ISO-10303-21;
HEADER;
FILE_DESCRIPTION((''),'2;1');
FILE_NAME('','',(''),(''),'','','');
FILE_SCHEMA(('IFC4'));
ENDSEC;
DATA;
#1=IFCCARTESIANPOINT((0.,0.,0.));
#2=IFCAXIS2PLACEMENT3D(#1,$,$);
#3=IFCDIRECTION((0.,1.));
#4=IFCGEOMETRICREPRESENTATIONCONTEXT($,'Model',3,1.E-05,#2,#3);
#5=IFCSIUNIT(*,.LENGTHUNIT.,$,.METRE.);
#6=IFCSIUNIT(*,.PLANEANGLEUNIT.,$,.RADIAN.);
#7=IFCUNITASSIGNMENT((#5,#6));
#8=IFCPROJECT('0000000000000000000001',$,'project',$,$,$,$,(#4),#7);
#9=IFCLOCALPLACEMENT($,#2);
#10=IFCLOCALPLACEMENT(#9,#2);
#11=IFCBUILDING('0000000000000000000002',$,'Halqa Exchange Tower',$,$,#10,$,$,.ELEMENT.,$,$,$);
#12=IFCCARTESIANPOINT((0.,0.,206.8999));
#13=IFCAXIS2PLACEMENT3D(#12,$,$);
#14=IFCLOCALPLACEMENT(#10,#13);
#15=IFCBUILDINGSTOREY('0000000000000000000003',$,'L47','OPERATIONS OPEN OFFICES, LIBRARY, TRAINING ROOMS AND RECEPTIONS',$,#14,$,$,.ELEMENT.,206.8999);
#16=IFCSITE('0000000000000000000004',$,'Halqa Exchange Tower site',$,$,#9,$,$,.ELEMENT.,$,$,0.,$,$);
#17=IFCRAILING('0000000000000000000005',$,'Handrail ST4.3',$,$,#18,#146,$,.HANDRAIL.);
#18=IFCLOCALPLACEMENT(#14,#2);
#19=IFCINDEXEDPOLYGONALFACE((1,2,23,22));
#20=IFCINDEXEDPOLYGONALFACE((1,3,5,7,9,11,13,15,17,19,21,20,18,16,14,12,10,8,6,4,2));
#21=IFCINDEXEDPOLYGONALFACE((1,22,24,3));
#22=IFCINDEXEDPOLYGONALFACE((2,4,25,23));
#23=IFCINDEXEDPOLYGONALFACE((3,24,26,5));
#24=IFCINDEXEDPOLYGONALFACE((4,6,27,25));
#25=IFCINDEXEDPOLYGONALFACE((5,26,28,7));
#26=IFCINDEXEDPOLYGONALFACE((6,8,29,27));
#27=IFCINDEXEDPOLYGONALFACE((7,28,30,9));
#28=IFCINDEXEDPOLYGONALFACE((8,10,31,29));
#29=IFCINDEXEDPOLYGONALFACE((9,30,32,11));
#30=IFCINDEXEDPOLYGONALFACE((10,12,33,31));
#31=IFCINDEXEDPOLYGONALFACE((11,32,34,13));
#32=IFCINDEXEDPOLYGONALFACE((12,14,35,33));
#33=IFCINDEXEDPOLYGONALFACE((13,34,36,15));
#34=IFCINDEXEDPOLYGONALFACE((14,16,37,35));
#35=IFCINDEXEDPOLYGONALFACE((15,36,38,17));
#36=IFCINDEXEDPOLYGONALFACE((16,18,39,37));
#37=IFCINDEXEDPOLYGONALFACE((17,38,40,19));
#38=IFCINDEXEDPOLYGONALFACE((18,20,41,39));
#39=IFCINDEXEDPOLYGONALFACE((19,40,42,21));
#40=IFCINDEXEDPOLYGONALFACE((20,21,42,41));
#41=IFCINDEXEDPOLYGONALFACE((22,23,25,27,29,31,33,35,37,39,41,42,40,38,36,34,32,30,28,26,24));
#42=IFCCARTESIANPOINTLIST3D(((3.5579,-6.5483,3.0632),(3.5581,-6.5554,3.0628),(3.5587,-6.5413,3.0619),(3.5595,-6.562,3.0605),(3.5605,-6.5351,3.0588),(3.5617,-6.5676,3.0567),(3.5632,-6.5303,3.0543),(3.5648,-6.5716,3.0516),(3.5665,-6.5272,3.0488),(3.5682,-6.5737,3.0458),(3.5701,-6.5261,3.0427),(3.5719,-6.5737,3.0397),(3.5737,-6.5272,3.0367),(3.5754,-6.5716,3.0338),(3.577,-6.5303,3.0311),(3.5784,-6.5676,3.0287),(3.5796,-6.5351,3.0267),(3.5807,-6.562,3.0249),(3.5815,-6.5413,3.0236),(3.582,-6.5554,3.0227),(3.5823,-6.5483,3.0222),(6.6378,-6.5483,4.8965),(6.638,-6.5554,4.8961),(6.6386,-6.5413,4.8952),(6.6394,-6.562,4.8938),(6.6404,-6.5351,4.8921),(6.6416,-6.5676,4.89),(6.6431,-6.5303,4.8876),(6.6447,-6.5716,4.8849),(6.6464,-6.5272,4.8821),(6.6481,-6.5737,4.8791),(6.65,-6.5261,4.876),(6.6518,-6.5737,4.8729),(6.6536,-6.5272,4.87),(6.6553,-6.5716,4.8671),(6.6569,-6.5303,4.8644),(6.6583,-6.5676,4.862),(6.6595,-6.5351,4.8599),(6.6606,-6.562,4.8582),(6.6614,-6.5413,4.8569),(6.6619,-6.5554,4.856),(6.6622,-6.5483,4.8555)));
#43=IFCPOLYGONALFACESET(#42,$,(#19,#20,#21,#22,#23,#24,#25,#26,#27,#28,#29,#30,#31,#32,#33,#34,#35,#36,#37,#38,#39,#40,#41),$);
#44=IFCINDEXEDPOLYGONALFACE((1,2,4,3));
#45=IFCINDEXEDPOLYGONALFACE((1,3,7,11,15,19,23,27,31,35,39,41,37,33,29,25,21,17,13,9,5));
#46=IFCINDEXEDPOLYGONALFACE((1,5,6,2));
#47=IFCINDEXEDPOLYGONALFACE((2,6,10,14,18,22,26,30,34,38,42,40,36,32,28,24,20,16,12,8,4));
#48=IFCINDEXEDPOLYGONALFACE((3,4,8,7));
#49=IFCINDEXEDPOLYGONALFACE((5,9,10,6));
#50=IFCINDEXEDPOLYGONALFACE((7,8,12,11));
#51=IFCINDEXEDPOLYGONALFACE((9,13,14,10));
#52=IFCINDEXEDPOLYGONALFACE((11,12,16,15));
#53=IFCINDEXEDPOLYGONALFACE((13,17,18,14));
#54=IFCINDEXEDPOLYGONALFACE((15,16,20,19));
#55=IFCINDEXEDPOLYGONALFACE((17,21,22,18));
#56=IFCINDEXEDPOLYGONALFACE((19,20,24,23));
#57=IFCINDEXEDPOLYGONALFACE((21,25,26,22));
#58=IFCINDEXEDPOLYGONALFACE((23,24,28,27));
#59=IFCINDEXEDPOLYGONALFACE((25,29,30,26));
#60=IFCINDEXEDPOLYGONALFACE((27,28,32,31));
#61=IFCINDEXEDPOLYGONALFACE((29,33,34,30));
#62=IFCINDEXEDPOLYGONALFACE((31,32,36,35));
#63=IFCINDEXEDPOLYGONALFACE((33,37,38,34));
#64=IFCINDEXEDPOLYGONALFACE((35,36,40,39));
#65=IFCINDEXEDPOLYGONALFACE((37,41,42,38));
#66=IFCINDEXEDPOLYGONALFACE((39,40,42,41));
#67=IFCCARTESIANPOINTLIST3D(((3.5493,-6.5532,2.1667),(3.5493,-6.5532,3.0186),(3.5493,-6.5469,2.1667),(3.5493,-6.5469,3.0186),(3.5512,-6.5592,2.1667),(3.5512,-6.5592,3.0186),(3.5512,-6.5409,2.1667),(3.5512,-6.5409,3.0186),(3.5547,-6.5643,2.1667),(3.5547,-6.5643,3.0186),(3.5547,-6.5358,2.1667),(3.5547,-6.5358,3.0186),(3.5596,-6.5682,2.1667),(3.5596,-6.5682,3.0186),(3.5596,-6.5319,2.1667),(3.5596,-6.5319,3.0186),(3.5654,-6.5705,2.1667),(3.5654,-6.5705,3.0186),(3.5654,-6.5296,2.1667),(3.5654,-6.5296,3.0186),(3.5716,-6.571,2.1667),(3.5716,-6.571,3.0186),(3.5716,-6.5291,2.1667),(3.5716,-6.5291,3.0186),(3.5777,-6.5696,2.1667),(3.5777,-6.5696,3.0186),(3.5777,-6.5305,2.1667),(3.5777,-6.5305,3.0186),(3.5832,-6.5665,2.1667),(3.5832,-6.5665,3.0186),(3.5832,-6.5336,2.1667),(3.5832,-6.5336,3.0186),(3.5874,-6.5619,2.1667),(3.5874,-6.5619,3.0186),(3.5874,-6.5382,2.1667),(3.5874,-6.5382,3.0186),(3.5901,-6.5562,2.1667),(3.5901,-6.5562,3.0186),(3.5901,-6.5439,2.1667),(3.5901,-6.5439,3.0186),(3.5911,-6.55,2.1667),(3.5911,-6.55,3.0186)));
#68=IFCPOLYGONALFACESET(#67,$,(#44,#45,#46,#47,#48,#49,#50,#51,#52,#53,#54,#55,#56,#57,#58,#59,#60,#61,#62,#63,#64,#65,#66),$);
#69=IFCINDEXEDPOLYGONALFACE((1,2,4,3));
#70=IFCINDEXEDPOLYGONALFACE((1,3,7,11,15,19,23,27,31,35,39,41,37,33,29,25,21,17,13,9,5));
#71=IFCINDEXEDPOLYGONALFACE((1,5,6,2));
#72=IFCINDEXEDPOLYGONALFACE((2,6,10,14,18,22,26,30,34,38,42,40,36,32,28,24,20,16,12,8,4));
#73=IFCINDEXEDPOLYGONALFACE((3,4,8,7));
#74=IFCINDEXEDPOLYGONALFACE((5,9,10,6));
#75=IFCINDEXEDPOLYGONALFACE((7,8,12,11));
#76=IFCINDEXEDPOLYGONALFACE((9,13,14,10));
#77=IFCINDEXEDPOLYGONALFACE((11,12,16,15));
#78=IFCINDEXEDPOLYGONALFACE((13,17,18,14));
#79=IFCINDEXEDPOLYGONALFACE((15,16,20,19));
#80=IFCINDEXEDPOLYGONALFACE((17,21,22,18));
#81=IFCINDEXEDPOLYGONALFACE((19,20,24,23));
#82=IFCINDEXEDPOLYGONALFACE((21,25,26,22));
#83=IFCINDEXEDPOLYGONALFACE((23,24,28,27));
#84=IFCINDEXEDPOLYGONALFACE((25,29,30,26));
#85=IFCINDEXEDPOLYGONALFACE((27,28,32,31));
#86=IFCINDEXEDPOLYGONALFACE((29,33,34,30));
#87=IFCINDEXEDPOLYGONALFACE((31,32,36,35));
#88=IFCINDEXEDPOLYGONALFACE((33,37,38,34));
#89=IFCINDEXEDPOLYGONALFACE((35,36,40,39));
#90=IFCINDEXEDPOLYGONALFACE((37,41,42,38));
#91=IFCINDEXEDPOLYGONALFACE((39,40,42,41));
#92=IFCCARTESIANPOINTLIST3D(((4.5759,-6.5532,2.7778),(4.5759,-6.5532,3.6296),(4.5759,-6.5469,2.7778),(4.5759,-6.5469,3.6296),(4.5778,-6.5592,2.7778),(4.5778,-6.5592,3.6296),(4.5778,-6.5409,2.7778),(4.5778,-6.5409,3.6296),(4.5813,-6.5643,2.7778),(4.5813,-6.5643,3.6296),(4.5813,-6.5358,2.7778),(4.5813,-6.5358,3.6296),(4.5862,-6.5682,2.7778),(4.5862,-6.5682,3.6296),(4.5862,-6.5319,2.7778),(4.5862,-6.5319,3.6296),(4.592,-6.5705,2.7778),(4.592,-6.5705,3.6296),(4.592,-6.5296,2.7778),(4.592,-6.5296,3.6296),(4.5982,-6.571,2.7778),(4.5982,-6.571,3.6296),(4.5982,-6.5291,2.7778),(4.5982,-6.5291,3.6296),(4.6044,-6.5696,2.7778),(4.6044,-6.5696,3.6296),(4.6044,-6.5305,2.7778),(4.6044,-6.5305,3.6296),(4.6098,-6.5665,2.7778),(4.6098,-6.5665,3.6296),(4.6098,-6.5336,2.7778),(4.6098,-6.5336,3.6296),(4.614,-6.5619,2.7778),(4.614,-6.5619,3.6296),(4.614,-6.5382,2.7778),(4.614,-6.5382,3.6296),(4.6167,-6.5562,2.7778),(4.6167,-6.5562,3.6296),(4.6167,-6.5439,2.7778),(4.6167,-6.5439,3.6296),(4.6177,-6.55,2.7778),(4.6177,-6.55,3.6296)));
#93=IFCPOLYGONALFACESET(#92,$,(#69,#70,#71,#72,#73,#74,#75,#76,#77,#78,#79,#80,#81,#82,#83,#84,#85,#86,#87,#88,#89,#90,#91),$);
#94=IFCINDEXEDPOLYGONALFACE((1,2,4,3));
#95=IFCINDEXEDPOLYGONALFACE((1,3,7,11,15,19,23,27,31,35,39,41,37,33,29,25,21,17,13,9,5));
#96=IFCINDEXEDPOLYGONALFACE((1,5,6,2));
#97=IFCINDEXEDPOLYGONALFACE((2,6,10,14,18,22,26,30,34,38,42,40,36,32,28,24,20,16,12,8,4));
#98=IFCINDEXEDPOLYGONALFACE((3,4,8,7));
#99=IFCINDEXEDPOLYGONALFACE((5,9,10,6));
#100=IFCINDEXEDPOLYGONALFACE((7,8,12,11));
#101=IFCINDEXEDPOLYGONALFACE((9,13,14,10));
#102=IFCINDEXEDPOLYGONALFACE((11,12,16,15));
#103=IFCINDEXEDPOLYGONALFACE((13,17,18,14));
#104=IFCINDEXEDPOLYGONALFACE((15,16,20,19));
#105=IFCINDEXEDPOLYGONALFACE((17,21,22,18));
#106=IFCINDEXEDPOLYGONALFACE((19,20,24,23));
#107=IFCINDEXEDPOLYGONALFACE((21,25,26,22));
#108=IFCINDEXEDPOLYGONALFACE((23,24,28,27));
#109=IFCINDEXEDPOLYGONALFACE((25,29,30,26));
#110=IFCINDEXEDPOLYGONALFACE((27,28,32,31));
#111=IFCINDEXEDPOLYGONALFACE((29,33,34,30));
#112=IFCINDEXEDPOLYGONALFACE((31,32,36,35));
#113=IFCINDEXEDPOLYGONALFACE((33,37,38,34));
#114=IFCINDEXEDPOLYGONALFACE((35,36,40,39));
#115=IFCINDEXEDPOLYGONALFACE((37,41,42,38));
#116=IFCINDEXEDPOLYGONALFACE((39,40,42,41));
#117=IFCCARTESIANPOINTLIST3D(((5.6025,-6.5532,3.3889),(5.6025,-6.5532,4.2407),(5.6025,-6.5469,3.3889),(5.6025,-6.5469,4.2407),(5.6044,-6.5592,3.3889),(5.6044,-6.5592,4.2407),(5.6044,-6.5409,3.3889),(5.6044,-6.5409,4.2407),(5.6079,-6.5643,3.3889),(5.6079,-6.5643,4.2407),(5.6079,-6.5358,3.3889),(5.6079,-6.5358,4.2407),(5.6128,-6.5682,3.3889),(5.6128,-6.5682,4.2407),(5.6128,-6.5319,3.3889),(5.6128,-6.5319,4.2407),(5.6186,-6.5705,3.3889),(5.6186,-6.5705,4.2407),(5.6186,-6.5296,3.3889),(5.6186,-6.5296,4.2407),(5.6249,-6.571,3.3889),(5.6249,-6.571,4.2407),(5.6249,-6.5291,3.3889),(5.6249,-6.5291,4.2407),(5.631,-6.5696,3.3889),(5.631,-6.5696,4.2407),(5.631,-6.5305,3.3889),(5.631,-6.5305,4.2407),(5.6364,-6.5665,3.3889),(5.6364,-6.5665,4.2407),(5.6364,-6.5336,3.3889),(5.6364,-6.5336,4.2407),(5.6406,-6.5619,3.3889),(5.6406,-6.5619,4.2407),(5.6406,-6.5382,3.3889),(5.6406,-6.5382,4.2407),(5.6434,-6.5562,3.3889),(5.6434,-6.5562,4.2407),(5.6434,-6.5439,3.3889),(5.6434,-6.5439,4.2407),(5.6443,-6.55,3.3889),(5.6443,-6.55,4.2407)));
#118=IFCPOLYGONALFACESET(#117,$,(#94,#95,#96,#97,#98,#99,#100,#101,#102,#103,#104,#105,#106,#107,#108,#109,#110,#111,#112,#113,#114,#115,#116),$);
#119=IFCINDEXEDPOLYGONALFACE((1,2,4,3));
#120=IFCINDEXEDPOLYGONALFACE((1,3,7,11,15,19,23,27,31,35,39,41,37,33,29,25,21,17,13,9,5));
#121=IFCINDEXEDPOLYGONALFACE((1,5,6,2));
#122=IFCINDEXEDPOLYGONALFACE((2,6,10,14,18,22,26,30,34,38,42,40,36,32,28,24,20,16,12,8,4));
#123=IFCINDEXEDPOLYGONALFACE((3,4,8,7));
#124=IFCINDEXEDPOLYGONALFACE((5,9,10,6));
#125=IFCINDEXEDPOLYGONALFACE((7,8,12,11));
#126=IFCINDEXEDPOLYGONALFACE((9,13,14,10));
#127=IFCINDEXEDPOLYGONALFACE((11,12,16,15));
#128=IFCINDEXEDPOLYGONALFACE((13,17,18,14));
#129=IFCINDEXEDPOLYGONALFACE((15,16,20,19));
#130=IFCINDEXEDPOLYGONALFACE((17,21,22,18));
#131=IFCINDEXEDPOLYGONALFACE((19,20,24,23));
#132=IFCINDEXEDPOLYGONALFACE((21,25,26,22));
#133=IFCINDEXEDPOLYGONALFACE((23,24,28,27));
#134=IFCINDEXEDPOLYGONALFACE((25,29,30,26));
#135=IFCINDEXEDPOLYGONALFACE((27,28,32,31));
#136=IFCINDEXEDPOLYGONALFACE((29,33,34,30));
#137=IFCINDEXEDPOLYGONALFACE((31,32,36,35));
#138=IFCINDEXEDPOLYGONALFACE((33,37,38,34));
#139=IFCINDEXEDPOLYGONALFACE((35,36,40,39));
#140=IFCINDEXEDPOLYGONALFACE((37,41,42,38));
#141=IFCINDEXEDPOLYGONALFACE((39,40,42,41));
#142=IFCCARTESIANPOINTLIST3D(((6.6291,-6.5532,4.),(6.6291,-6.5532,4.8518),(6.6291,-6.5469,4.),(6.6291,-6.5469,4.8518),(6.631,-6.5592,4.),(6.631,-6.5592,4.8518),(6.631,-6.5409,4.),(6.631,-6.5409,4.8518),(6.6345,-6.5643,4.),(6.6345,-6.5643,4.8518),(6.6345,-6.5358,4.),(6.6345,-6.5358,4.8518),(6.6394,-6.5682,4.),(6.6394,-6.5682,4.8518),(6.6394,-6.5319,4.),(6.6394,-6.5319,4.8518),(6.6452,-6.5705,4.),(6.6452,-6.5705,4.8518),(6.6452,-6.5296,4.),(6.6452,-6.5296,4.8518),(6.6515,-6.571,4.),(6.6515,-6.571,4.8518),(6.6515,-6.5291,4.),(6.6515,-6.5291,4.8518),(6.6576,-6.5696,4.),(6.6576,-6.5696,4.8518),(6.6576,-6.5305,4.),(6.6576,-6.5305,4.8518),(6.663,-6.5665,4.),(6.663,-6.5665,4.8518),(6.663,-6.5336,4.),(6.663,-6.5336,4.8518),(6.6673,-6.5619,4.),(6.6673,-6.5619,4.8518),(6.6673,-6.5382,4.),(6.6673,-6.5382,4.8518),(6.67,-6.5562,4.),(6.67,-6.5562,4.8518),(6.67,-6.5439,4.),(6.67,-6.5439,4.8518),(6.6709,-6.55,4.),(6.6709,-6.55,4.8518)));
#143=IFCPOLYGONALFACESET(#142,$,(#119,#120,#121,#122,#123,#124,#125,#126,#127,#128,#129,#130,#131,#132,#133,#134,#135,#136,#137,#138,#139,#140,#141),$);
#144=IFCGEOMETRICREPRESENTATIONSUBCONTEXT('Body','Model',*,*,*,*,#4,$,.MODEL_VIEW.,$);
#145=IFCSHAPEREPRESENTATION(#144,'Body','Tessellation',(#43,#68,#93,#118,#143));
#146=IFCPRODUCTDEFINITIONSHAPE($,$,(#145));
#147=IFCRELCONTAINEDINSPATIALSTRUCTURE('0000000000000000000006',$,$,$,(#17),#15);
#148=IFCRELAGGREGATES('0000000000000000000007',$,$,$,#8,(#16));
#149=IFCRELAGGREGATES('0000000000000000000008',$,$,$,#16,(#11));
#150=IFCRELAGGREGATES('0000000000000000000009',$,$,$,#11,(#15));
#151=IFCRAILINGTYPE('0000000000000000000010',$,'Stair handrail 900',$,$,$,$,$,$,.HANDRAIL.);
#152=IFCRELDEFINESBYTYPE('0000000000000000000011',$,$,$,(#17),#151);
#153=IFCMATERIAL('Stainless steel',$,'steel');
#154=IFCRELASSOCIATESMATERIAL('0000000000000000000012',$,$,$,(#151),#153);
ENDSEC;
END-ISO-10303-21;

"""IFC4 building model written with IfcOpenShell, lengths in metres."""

from ifc_helpers import new_model, si_unit, direction, frame, origin, origin_2d, place, context, subcontext, project, spatial, circle, extrude, material, type_object, element, save


model = new_model("IFC4")

# Units and contexts
model_context = context("Model", 3, precision=1e-05, world=origin(), true_north=direction((0.0, 1.0)))
body_context = subcontext(model_context, "Body", "Model", "MODEL_VIEW")
ifc_project = project(units=[si_unit("LENGTHUNIT", "METRE"), si_unit("PLANEANGLEUNIT", "RADIAN")], contexts=[model_context])

# Site, building, storey
site_placement = place(None, origin())
site = spatial("IfcSite", under=ifc_project, at=site_placement, Name="Halqa Exchange Tower site", CompositionType="ELEMENT", RefElevation=0.0)
building_placement = place(site_placement, origin())
building = spatial("IfcBuilding", under=site, at=building_placement, Name="Halqa Exchange Tower", CompositionType="ELEMENT")
storey_placement = place(building_placement, frame((0.0, 0.0, 206.8999)))
storey = spatial("IfcBuildingStorey", under=building, at=storey_placement, Name="L47", Description="OPERATIONS OPEN OFFICES, LIBRARY, TRAINING ROOMS AND RECEPTIONS", CompositionType="ELEMENT", Elevation=206.8999)

# Railing
ifc_material_1 = material(Name="Stainless steel", Category="steel")
railing_type_1 = type_object("IfcRailingType", Name="Stair handrail 900", PredefinedType="HANDRAIL", material=ifc_material_1)
railing_1_placement = place(storey_placement, frame((3.5701, -6.55, 2.1667)))
element("IfcRailing", 1, at=railing_1_placement, inside=storey, type_object=railing_type_1, Name="Handrail ST4.3", PredefinedType="HANDRAIL", context=body_context, shape_type="SweptSolid", body=[
    extrude(circle(Radius=0.0239, at=origin_2d()), frame((0.0, 0.0, 0.876), z_axis=(0.859291, 0.0, 0.511487), x_axis=(0.0, 1.0, 0.0)), (0.0, 0.0, 1.0), 3.5842),
    extrude(circle(Radius=0.021, at=origin_2d()), origin(), (0.0, 0.0, 1.0), 0.8518),
    extrude(circle(Radius=0.021, at=origin_2d()), frame((1.0266, 0.0, 0.6111)), (0.0, 0.0, 1.0), 0.8518),
    extrude(circle(Radius=0.021, at=origin_2d()), frame((2.0532, 0.0, 1.2222)), (0.0, 0.0, 1.0), 0.8518),
    extrude(circle(Radius=0.021, at=origin_2d()), frame((3.0798, 0.0, 1.8333)), (0.0, 0.0, 1.0), 0.8518),
])

save(model, "model.ifc")
